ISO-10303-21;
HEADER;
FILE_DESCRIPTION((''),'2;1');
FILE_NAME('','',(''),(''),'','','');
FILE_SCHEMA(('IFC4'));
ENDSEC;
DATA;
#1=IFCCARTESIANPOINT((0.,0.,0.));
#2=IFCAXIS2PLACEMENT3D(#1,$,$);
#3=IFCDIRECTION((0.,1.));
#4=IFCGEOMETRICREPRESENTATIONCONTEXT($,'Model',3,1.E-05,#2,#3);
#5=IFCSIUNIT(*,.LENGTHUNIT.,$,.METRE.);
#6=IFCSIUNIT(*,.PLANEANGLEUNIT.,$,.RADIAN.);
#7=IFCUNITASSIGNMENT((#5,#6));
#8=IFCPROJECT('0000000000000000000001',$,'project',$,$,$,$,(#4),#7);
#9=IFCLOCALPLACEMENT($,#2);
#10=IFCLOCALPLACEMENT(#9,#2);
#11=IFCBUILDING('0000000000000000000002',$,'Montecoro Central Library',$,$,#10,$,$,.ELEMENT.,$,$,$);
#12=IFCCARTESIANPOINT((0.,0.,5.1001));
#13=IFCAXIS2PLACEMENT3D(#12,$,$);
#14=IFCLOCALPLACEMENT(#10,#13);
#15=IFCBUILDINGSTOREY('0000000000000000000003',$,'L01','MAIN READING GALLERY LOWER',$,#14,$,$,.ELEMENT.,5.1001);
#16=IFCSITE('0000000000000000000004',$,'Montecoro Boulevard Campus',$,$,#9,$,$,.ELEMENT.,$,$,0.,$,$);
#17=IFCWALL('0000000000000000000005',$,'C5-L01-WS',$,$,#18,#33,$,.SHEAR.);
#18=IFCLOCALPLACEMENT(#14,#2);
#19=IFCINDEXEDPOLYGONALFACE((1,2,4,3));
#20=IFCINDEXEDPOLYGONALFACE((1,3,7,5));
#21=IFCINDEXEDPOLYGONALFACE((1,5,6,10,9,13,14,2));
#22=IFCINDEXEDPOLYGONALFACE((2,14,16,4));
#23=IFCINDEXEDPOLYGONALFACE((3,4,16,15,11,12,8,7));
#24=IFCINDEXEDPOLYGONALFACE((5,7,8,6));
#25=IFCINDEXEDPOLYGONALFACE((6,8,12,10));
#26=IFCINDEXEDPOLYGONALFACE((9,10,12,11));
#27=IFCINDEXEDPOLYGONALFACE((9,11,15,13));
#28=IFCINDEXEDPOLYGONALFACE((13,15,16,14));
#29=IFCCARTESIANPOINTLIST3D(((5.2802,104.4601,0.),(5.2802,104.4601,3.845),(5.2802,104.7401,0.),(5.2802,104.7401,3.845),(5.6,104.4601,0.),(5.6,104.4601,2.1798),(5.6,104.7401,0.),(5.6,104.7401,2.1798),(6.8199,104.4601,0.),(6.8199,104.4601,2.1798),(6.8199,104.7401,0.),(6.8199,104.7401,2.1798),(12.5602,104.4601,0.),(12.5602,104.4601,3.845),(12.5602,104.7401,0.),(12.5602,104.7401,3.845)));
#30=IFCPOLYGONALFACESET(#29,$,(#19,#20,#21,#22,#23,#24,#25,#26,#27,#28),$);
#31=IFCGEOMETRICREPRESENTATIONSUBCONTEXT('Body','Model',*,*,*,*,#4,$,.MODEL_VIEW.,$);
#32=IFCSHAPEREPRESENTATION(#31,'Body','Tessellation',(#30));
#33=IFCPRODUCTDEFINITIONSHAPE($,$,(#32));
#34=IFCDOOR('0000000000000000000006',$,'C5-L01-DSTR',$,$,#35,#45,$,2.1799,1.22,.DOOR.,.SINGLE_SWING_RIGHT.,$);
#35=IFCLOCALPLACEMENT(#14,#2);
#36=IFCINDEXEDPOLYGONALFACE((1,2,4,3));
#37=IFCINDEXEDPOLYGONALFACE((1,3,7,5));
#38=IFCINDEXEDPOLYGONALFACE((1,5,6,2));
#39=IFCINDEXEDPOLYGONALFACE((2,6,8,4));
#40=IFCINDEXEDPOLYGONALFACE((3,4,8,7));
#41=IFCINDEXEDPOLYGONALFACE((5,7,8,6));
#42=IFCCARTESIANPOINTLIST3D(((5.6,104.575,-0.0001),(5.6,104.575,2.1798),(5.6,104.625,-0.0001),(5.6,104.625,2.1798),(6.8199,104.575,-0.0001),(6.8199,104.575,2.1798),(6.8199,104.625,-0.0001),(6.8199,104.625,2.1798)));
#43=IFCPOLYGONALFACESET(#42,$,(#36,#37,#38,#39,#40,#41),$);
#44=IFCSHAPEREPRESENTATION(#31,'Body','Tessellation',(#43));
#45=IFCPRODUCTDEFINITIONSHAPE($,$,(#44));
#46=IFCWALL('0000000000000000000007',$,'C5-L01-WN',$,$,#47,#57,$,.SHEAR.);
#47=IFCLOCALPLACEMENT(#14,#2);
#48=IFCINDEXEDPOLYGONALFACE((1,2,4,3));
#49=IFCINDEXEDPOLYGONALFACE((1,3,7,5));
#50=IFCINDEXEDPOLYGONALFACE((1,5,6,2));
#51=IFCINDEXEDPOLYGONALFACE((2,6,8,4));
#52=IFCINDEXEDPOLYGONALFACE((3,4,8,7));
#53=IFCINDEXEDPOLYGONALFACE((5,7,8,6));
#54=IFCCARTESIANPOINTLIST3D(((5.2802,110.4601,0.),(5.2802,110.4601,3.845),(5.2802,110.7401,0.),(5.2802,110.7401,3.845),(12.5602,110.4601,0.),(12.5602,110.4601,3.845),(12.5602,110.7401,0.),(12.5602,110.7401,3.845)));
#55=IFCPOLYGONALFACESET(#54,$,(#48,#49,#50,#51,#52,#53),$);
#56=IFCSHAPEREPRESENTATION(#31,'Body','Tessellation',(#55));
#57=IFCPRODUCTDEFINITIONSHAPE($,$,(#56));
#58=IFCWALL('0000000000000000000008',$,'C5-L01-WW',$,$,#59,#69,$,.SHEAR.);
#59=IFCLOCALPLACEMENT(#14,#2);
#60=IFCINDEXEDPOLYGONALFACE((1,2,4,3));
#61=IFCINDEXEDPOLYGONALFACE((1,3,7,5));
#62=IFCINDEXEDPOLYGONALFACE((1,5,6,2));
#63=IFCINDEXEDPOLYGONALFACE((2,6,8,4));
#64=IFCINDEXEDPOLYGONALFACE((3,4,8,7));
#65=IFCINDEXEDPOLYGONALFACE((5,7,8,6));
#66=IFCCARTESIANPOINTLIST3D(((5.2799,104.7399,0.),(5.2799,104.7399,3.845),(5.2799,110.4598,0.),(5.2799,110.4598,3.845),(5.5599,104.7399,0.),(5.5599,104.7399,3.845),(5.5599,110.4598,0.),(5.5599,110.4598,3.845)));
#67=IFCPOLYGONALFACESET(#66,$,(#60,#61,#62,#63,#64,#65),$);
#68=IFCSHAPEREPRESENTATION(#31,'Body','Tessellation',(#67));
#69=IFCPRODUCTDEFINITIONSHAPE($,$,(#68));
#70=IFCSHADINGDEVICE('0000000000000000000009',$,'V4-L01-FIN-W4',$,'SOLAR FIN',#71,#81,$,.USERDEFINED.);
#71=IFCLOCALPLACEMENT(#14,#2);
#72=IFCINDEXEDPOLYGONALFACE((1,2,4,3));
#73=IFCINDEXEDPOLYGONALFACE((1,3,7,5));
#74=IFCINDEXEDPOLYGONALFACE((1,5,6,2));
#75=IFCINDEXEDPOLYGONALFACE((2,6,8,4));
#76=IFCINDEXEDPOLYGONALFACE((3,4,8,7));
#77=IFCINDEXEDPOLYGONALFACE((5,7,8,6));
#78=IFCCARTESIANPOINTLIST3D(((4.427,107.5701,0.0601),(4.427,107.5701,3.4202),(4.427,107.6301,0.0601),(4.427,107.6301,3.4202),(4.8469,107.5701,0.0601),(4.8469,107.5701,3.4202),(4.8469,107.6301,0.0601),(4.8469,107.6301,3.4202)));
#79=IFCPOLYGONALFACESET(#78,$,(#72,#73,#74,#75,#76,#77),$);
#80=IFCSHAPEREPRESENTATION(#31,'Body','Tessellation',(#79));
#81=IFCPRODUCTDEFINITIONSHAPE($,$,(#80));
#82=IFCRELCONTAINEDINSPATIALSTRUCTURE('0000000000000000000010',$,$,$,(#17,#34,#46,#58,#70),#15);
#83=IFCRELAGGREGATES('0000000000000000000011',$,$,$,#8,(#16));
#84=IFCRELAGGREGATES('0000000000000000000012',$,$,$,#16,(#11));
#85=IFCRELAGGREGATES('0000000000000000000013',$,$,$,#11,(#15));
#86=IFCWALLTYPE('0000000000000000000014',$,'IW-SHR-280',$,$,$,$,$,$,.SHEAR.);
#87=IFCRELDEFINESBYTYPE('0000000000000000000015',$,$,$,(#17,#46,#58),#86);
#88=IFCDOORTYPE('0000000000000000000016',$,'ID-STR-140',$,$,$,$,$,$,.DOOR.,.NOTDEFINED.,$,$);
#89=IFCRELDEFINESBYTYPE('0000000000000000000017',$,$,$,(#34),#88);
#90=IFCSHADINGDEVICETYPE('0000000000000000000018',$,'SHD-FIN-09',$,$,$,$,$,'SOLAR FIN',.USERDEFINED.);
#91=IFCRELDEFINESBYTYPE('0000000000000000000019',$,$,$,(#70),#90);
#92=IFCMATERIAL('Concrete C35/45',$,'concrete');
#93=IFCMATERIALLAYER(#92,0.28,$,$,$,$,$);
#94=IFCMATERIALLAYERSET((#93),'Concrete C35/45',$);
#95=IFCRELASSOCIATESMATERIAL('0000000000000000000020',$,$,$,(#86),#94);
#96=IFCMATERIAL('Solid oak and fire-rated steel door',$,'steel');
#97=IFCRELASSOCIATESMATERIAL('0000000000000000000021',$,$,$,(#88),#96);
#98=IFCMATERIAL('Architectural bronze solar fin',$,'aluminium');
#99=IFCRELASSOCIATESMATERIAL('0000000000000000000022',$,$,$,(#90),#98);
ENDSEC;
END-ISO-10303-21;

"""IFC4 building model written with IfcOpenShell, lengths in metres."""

from ifc_helpers import new_model, si_unit, direction, frame, frame_2d, origin, origin_2d, place, context, subcontext, project, spatial, rectangle, extrude, material, layer, layer_set, type_object, element, fill, save


model = new_model("IFC4")

# Units and contexts
model_context = context("Model", 3, precision=1e-05, world=origin(), true_north=direction((0.0, 1.0)))
body_context = subcontext(model_context, "Body", "Model", "MODEL_VIEW")
ifc_project = project(units=[si_unit("LENGTHUNIT", "METRE"), si_unit("PLANEANGLEUNIT", "RADIAN")], contexts=[model_context])

# Site, building, storey
site_placement = place(None, origin())
site = spatial("IfcSite", under=ifc_project, at=site_placement, Name="Montecoro Boulevard Campus", CompositionType="ELEMENT", RefElevation=0.0)
building_placement = place(site_placement, origin())
building = spatial("IfcBuilding", under=site, at=building_placement, Name="Montecoro Central Library", CompositionType="ELEMENT")
storey_placement = place(building_placement, frame((0.0, 0.0, 5.1001)))
storey = spatial("IfcBuildingStorey", under=building, at=storey_placement, Name="L01", Description="MAIN READING GALLERY LOWER", CompositionType="ELEMENT", Elevation=5.1001)

# Wall, opening, door
ifc_material_1 = material(Name="Concrete C35/45", Category="concrete")
ifc_layer_1 = layer(ifc_material_1, 0.28)
ifc_layer_set_1 = layer_set([ifc_layer_1], Name="Concrete C35/45")
wall_type_1 = type_object("IfcWallType", Name="IW-SHR-280", PredefinedType="SHEAR", material=ifc_layer_set_1)
wall_1_placement = place(storey_placement, frame((5.28, 104.6001, 0.0), z_axis=(0.0, 0.0, 1.0), x_axis=(1.0, 0.0, 0.0)))
wall_1 = element("IfcWall", 1, at=wall_1_placement, inside=storey, type_object=wall_type_1, Name="C5-L01-WS", PredefinedType="SHEAR", context=body_context, shape_type="SweptSolid", body=[
    extrude(rectangle(XDim=7.28, YDim=0.28, at=frame_2d((3.6401, 0.0))), origin(), (0.0, 0.0, 1.0), 3.845),
])
opening_1_placement = place(wall_1_placement, frame((0.3201, 0.0, 0.0)))
opening_1 = element("IfcOpeningElement", 2, at=opening_1_placement, cuts=wall_1, PredefinedType="OPENING", context=body_context, shape_type="SweptSolid", body=[
    extrude(rectangle(XDim=1.22, YDim=2.1799, at=frame_2d((0.6099, 1.0898))), frame((0.0, 0.1499, 0.0), z_axis=(0.0, -1.0, 0.0), x_axis=(1.0, 0.0, 0.0)), (0.0, 0.0, 1.0), 0.3),
])
ifc_material_2 = material(Name="Solid oak and fire-rated steel door", Category="steel")
door_type = type_object("IfcDoorType", Name="ID-STR-140", OperationType="NOTDEFINED", PredefinedType="DOOR", material=ifc_material_2)
door_placement = place(opening_1_placement, origin())
door = element("IfcDoor", 3, at=door_placement, inside=storey, type_object=door_type, Name="C5-L01-DSTR", OperationType="SINGLE_SWING_RIGHT", OverallHeight=2.1799, OverallWidth=1.22, PredefinedType="DOOR", context=body_context, shape_type="SweptSolid", body=[
    extrude(rectangle(XDim=1.22, YDim=2.1799, at=frame_2d((0.6099, 1.0898))), frame((0.0, 0.0249, 0.0), z_axis=(0.0, -1.0, 0.0), x_axis=(1.0, 0.0, 0.0)), (0.0, 0.0, 1.0), 0.05),
])
fill(opening_1, door)

# Walls
wall_2_placement = place(storey_placement, frame((5.28, 110.6001, 0.0), z_axis=(0.0, 0.0, 1.0), x_axis=(1.0, 0.0, 0.0)))
element("IfcWall", 4, at=wall_2_placement, inside=storey, type_object=wall_type_1, Name="C5-L01-WN", PredefinedType="SHEAR", context=body_context, shape_type="SweptSolid", body=[
    extrude(rectangle(XDim=7.28, YDim=0.28, at=frame_2d((3.6401, 0.0))), origin(), (0.0, 0.0, 1.0), 3.845),
])
wall_3_placement = place(storey_placement, frame((5.4199, 104.74, 0.0), z_axis=(0.0, 0.0, 1.0), x_axis=(0.0, 1.0, 0.0)))
element("IfcWall", 5, at=wall_3_placement, inside=storey, type_object=wall_type_1, Name="C5-L01-WW", PredefinedType="SHEAR", context=body_context, shape_type="SweptSolid", body=[
    extrude(rectangle(XDim=5.72, YDim=0.28, at=frame_2d((2.8599, 0.0))), origin(), (0.0, 0.0, 1.0), 3.845),
])

# Shading device
ifc_material_3 = material(Name="Architectural bronze solar fin", Category="aluminium")
shading_device_type = type_object("IfcShadingDeviceType", Name="SHD-FIN-09", ElementType="SOLAR FIN", PredefinedType="USERDEFINED", material=ifc_material_3)
shading_device_placement = place(storey_placement, frame((4.637, 107.6001, 0.0601), z_axis=(0.0, 0.0, 1.0), x_axis=(0.0, -1.0, 0.0)))
element("IfcShadingDevice", 6, at=shading_device_placement, inside=storey, type_object=shading_device_type, Name="V4-L01-FIN-W4", ObjectType="SOLAR FIN", PredefinedType="USERDEFINED", context=body_context, shape_type="SweptSolid", body=[
    extrude(rectangle(XDim=0.0601, YDim=0.4199, at=origin_2d()), origin(), (0.0, 0.0, 1.0), 3.3601),
])

save(model, "model.ifc")
